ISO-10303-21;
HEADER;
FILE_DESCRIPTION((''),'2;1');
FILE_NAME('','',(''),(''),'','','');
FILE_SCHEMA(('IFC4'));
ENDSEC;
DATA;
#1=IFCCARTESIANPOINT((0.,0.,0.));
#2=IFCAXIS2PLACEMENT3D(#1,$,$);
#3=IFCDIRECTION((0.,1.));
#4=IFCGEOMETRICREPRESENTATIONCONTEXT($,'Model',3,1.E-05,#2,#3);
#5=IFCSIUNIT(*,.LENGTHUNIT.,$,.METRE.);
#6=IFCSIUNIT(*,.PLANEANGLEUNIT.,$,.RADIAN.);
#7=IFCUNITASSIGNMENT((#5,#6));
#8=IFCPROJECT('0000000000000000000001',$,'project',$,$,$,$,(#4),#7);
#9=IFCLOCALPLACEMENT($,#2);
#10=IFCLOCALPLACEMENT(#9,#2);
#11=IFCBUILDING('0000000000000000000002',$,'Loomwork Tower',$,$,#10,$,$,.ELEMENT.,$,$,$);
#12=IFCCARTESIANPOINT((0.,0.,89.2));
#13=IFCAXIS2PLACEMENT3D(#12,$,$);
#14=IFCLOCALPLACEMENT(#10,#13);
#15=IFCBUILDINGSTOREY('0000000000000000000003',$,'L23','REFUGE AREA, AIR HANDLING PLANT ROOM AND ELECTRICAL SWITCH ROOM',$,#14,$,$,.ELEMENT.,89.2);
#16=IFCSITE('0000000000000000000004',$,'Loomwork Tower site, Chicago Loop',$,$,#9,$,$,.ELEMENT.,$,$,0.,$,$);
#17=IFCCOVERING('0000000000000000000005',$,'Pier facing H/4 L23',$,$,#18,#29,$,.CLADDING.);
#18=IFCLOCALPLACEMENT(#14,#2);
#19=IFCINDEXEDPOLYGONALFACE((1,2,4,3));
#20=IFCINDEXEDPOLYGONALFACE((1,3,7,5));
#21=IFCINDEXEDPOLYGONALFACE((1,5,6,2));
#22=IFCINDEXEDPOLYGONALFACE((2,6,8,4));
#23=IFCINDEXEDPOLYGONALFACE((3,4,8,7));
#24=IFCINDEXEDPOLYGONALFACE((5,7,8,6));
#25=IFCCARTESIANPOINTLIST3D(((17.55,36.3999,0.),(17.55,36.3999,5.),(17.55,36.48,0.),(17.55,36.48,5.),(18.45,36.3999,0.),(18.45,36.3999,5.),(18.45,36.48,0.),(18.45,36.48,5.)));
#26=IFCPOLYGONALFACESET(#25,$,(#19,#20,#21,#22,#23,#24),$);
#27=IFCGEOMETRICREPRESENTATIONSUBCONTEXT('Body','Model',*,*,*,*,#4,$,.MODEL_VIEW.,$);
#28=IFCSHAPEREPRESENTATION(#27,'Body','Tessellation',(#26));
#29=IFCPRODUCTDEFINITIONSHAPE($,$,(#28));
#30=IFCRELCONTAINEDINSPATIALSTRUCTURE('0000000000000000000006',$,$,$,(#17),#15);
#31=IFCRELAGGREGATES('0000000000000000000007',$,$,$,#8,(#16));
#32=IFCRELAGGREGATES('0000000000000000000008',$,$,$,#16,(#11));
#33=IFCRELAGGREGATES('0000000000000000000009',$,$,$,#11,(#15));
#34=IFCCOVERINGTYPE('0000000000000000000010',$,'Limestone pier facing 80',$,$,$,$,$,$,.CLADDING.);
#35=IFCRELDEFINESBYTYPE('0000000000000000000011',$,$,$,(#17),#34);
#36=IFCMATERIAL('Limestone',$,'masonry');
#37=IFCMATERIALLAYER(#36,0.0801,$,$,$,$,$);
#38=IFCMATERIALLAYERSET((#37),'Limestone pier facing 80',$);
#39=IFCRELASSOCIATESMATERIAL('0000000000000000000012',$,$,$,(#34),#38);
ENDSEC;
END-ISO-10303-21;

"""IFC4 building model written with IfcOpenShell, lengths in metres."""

from ifc_helpers import new_model, si_unit, direction, frame, origin, origin_2d, place, context, subcontext, project, spatial, rectangle, extrude, material, layer, layer_set, type_object, element, save


model = new_model("IFC4")

# Units and contexts
model_context = context("Model", 3, precision=1e-05, world=origin(), true_north=direction((0.0, 1.0)))
body_context = subcontext(model_context, "Body", "Model", "MODEL_VIEW")
ifc_project = project(units=[si_unit("LENGTHUNIT", "METRE"), si_unit("PLANEANGLEUNIT", "RADIAN")], contexts=[model_context])

# Site, building, storey
site_placement = place(None, origin())
site = spatial("IfcSite", under=ifc_project, at=site_placement, Name="Loomwork Tower site, Chicago Loop", CompositionType="ELEMENT", RefElevation=0.0)
building_placement = place(site_placement, origin())
building = spatial("IfcBuilding", under=site, at=building_placement, Name="Loomwork Tower", CompositionType="ELEMENT")
storey_placement = place(building_placement, frame((0.0, 0.0, 89.2)))
storey = spatial("IfcBuildingStorey", under=building, at=storey_placement, Name="L23", Description="REFUGE AREA, AIR HANDLING PLANT ROOM AND ELECTRICAL SWITCH ROOM", CompositionType="ELEMENT", Elevation=89.2)

# Covering
ifc_material_1 = material(Name="Limestone", Category="masonry")
ifc_layer_1 = layer(ifc_material_1, 0.0801)
ifc_layer_set_1 = layer_set([ifc_layer_1], Name="Limestone pier facing 80")
covering_type = type_object("IfcCoveringType", Name="Limestone pier facing 80", PredefinedType="CLADDING", material=ifc_layer_set_1)
covering_placement = place(storey_placement, frame((18.0, 36.4399, 0.0), z_axis=(0.0, 0.0, 1.0), x_axis=(1.0, 0.0, 0.0)))
element("IfcCovering", 1, at=covering_placement, inside=storey, type_object=covering_type, Name="Pier facing H/4 L23", PredefinedType="CLADDING", context=body_context, shape_type="SweptSolid", body=[
    extrude(rectangle(XDim=0.8999, YDim=0.0801, at=origin_2d()), origin(), (0.0, 0.0, 1.0), 5.0),
])

save(model, "model.ifc")
